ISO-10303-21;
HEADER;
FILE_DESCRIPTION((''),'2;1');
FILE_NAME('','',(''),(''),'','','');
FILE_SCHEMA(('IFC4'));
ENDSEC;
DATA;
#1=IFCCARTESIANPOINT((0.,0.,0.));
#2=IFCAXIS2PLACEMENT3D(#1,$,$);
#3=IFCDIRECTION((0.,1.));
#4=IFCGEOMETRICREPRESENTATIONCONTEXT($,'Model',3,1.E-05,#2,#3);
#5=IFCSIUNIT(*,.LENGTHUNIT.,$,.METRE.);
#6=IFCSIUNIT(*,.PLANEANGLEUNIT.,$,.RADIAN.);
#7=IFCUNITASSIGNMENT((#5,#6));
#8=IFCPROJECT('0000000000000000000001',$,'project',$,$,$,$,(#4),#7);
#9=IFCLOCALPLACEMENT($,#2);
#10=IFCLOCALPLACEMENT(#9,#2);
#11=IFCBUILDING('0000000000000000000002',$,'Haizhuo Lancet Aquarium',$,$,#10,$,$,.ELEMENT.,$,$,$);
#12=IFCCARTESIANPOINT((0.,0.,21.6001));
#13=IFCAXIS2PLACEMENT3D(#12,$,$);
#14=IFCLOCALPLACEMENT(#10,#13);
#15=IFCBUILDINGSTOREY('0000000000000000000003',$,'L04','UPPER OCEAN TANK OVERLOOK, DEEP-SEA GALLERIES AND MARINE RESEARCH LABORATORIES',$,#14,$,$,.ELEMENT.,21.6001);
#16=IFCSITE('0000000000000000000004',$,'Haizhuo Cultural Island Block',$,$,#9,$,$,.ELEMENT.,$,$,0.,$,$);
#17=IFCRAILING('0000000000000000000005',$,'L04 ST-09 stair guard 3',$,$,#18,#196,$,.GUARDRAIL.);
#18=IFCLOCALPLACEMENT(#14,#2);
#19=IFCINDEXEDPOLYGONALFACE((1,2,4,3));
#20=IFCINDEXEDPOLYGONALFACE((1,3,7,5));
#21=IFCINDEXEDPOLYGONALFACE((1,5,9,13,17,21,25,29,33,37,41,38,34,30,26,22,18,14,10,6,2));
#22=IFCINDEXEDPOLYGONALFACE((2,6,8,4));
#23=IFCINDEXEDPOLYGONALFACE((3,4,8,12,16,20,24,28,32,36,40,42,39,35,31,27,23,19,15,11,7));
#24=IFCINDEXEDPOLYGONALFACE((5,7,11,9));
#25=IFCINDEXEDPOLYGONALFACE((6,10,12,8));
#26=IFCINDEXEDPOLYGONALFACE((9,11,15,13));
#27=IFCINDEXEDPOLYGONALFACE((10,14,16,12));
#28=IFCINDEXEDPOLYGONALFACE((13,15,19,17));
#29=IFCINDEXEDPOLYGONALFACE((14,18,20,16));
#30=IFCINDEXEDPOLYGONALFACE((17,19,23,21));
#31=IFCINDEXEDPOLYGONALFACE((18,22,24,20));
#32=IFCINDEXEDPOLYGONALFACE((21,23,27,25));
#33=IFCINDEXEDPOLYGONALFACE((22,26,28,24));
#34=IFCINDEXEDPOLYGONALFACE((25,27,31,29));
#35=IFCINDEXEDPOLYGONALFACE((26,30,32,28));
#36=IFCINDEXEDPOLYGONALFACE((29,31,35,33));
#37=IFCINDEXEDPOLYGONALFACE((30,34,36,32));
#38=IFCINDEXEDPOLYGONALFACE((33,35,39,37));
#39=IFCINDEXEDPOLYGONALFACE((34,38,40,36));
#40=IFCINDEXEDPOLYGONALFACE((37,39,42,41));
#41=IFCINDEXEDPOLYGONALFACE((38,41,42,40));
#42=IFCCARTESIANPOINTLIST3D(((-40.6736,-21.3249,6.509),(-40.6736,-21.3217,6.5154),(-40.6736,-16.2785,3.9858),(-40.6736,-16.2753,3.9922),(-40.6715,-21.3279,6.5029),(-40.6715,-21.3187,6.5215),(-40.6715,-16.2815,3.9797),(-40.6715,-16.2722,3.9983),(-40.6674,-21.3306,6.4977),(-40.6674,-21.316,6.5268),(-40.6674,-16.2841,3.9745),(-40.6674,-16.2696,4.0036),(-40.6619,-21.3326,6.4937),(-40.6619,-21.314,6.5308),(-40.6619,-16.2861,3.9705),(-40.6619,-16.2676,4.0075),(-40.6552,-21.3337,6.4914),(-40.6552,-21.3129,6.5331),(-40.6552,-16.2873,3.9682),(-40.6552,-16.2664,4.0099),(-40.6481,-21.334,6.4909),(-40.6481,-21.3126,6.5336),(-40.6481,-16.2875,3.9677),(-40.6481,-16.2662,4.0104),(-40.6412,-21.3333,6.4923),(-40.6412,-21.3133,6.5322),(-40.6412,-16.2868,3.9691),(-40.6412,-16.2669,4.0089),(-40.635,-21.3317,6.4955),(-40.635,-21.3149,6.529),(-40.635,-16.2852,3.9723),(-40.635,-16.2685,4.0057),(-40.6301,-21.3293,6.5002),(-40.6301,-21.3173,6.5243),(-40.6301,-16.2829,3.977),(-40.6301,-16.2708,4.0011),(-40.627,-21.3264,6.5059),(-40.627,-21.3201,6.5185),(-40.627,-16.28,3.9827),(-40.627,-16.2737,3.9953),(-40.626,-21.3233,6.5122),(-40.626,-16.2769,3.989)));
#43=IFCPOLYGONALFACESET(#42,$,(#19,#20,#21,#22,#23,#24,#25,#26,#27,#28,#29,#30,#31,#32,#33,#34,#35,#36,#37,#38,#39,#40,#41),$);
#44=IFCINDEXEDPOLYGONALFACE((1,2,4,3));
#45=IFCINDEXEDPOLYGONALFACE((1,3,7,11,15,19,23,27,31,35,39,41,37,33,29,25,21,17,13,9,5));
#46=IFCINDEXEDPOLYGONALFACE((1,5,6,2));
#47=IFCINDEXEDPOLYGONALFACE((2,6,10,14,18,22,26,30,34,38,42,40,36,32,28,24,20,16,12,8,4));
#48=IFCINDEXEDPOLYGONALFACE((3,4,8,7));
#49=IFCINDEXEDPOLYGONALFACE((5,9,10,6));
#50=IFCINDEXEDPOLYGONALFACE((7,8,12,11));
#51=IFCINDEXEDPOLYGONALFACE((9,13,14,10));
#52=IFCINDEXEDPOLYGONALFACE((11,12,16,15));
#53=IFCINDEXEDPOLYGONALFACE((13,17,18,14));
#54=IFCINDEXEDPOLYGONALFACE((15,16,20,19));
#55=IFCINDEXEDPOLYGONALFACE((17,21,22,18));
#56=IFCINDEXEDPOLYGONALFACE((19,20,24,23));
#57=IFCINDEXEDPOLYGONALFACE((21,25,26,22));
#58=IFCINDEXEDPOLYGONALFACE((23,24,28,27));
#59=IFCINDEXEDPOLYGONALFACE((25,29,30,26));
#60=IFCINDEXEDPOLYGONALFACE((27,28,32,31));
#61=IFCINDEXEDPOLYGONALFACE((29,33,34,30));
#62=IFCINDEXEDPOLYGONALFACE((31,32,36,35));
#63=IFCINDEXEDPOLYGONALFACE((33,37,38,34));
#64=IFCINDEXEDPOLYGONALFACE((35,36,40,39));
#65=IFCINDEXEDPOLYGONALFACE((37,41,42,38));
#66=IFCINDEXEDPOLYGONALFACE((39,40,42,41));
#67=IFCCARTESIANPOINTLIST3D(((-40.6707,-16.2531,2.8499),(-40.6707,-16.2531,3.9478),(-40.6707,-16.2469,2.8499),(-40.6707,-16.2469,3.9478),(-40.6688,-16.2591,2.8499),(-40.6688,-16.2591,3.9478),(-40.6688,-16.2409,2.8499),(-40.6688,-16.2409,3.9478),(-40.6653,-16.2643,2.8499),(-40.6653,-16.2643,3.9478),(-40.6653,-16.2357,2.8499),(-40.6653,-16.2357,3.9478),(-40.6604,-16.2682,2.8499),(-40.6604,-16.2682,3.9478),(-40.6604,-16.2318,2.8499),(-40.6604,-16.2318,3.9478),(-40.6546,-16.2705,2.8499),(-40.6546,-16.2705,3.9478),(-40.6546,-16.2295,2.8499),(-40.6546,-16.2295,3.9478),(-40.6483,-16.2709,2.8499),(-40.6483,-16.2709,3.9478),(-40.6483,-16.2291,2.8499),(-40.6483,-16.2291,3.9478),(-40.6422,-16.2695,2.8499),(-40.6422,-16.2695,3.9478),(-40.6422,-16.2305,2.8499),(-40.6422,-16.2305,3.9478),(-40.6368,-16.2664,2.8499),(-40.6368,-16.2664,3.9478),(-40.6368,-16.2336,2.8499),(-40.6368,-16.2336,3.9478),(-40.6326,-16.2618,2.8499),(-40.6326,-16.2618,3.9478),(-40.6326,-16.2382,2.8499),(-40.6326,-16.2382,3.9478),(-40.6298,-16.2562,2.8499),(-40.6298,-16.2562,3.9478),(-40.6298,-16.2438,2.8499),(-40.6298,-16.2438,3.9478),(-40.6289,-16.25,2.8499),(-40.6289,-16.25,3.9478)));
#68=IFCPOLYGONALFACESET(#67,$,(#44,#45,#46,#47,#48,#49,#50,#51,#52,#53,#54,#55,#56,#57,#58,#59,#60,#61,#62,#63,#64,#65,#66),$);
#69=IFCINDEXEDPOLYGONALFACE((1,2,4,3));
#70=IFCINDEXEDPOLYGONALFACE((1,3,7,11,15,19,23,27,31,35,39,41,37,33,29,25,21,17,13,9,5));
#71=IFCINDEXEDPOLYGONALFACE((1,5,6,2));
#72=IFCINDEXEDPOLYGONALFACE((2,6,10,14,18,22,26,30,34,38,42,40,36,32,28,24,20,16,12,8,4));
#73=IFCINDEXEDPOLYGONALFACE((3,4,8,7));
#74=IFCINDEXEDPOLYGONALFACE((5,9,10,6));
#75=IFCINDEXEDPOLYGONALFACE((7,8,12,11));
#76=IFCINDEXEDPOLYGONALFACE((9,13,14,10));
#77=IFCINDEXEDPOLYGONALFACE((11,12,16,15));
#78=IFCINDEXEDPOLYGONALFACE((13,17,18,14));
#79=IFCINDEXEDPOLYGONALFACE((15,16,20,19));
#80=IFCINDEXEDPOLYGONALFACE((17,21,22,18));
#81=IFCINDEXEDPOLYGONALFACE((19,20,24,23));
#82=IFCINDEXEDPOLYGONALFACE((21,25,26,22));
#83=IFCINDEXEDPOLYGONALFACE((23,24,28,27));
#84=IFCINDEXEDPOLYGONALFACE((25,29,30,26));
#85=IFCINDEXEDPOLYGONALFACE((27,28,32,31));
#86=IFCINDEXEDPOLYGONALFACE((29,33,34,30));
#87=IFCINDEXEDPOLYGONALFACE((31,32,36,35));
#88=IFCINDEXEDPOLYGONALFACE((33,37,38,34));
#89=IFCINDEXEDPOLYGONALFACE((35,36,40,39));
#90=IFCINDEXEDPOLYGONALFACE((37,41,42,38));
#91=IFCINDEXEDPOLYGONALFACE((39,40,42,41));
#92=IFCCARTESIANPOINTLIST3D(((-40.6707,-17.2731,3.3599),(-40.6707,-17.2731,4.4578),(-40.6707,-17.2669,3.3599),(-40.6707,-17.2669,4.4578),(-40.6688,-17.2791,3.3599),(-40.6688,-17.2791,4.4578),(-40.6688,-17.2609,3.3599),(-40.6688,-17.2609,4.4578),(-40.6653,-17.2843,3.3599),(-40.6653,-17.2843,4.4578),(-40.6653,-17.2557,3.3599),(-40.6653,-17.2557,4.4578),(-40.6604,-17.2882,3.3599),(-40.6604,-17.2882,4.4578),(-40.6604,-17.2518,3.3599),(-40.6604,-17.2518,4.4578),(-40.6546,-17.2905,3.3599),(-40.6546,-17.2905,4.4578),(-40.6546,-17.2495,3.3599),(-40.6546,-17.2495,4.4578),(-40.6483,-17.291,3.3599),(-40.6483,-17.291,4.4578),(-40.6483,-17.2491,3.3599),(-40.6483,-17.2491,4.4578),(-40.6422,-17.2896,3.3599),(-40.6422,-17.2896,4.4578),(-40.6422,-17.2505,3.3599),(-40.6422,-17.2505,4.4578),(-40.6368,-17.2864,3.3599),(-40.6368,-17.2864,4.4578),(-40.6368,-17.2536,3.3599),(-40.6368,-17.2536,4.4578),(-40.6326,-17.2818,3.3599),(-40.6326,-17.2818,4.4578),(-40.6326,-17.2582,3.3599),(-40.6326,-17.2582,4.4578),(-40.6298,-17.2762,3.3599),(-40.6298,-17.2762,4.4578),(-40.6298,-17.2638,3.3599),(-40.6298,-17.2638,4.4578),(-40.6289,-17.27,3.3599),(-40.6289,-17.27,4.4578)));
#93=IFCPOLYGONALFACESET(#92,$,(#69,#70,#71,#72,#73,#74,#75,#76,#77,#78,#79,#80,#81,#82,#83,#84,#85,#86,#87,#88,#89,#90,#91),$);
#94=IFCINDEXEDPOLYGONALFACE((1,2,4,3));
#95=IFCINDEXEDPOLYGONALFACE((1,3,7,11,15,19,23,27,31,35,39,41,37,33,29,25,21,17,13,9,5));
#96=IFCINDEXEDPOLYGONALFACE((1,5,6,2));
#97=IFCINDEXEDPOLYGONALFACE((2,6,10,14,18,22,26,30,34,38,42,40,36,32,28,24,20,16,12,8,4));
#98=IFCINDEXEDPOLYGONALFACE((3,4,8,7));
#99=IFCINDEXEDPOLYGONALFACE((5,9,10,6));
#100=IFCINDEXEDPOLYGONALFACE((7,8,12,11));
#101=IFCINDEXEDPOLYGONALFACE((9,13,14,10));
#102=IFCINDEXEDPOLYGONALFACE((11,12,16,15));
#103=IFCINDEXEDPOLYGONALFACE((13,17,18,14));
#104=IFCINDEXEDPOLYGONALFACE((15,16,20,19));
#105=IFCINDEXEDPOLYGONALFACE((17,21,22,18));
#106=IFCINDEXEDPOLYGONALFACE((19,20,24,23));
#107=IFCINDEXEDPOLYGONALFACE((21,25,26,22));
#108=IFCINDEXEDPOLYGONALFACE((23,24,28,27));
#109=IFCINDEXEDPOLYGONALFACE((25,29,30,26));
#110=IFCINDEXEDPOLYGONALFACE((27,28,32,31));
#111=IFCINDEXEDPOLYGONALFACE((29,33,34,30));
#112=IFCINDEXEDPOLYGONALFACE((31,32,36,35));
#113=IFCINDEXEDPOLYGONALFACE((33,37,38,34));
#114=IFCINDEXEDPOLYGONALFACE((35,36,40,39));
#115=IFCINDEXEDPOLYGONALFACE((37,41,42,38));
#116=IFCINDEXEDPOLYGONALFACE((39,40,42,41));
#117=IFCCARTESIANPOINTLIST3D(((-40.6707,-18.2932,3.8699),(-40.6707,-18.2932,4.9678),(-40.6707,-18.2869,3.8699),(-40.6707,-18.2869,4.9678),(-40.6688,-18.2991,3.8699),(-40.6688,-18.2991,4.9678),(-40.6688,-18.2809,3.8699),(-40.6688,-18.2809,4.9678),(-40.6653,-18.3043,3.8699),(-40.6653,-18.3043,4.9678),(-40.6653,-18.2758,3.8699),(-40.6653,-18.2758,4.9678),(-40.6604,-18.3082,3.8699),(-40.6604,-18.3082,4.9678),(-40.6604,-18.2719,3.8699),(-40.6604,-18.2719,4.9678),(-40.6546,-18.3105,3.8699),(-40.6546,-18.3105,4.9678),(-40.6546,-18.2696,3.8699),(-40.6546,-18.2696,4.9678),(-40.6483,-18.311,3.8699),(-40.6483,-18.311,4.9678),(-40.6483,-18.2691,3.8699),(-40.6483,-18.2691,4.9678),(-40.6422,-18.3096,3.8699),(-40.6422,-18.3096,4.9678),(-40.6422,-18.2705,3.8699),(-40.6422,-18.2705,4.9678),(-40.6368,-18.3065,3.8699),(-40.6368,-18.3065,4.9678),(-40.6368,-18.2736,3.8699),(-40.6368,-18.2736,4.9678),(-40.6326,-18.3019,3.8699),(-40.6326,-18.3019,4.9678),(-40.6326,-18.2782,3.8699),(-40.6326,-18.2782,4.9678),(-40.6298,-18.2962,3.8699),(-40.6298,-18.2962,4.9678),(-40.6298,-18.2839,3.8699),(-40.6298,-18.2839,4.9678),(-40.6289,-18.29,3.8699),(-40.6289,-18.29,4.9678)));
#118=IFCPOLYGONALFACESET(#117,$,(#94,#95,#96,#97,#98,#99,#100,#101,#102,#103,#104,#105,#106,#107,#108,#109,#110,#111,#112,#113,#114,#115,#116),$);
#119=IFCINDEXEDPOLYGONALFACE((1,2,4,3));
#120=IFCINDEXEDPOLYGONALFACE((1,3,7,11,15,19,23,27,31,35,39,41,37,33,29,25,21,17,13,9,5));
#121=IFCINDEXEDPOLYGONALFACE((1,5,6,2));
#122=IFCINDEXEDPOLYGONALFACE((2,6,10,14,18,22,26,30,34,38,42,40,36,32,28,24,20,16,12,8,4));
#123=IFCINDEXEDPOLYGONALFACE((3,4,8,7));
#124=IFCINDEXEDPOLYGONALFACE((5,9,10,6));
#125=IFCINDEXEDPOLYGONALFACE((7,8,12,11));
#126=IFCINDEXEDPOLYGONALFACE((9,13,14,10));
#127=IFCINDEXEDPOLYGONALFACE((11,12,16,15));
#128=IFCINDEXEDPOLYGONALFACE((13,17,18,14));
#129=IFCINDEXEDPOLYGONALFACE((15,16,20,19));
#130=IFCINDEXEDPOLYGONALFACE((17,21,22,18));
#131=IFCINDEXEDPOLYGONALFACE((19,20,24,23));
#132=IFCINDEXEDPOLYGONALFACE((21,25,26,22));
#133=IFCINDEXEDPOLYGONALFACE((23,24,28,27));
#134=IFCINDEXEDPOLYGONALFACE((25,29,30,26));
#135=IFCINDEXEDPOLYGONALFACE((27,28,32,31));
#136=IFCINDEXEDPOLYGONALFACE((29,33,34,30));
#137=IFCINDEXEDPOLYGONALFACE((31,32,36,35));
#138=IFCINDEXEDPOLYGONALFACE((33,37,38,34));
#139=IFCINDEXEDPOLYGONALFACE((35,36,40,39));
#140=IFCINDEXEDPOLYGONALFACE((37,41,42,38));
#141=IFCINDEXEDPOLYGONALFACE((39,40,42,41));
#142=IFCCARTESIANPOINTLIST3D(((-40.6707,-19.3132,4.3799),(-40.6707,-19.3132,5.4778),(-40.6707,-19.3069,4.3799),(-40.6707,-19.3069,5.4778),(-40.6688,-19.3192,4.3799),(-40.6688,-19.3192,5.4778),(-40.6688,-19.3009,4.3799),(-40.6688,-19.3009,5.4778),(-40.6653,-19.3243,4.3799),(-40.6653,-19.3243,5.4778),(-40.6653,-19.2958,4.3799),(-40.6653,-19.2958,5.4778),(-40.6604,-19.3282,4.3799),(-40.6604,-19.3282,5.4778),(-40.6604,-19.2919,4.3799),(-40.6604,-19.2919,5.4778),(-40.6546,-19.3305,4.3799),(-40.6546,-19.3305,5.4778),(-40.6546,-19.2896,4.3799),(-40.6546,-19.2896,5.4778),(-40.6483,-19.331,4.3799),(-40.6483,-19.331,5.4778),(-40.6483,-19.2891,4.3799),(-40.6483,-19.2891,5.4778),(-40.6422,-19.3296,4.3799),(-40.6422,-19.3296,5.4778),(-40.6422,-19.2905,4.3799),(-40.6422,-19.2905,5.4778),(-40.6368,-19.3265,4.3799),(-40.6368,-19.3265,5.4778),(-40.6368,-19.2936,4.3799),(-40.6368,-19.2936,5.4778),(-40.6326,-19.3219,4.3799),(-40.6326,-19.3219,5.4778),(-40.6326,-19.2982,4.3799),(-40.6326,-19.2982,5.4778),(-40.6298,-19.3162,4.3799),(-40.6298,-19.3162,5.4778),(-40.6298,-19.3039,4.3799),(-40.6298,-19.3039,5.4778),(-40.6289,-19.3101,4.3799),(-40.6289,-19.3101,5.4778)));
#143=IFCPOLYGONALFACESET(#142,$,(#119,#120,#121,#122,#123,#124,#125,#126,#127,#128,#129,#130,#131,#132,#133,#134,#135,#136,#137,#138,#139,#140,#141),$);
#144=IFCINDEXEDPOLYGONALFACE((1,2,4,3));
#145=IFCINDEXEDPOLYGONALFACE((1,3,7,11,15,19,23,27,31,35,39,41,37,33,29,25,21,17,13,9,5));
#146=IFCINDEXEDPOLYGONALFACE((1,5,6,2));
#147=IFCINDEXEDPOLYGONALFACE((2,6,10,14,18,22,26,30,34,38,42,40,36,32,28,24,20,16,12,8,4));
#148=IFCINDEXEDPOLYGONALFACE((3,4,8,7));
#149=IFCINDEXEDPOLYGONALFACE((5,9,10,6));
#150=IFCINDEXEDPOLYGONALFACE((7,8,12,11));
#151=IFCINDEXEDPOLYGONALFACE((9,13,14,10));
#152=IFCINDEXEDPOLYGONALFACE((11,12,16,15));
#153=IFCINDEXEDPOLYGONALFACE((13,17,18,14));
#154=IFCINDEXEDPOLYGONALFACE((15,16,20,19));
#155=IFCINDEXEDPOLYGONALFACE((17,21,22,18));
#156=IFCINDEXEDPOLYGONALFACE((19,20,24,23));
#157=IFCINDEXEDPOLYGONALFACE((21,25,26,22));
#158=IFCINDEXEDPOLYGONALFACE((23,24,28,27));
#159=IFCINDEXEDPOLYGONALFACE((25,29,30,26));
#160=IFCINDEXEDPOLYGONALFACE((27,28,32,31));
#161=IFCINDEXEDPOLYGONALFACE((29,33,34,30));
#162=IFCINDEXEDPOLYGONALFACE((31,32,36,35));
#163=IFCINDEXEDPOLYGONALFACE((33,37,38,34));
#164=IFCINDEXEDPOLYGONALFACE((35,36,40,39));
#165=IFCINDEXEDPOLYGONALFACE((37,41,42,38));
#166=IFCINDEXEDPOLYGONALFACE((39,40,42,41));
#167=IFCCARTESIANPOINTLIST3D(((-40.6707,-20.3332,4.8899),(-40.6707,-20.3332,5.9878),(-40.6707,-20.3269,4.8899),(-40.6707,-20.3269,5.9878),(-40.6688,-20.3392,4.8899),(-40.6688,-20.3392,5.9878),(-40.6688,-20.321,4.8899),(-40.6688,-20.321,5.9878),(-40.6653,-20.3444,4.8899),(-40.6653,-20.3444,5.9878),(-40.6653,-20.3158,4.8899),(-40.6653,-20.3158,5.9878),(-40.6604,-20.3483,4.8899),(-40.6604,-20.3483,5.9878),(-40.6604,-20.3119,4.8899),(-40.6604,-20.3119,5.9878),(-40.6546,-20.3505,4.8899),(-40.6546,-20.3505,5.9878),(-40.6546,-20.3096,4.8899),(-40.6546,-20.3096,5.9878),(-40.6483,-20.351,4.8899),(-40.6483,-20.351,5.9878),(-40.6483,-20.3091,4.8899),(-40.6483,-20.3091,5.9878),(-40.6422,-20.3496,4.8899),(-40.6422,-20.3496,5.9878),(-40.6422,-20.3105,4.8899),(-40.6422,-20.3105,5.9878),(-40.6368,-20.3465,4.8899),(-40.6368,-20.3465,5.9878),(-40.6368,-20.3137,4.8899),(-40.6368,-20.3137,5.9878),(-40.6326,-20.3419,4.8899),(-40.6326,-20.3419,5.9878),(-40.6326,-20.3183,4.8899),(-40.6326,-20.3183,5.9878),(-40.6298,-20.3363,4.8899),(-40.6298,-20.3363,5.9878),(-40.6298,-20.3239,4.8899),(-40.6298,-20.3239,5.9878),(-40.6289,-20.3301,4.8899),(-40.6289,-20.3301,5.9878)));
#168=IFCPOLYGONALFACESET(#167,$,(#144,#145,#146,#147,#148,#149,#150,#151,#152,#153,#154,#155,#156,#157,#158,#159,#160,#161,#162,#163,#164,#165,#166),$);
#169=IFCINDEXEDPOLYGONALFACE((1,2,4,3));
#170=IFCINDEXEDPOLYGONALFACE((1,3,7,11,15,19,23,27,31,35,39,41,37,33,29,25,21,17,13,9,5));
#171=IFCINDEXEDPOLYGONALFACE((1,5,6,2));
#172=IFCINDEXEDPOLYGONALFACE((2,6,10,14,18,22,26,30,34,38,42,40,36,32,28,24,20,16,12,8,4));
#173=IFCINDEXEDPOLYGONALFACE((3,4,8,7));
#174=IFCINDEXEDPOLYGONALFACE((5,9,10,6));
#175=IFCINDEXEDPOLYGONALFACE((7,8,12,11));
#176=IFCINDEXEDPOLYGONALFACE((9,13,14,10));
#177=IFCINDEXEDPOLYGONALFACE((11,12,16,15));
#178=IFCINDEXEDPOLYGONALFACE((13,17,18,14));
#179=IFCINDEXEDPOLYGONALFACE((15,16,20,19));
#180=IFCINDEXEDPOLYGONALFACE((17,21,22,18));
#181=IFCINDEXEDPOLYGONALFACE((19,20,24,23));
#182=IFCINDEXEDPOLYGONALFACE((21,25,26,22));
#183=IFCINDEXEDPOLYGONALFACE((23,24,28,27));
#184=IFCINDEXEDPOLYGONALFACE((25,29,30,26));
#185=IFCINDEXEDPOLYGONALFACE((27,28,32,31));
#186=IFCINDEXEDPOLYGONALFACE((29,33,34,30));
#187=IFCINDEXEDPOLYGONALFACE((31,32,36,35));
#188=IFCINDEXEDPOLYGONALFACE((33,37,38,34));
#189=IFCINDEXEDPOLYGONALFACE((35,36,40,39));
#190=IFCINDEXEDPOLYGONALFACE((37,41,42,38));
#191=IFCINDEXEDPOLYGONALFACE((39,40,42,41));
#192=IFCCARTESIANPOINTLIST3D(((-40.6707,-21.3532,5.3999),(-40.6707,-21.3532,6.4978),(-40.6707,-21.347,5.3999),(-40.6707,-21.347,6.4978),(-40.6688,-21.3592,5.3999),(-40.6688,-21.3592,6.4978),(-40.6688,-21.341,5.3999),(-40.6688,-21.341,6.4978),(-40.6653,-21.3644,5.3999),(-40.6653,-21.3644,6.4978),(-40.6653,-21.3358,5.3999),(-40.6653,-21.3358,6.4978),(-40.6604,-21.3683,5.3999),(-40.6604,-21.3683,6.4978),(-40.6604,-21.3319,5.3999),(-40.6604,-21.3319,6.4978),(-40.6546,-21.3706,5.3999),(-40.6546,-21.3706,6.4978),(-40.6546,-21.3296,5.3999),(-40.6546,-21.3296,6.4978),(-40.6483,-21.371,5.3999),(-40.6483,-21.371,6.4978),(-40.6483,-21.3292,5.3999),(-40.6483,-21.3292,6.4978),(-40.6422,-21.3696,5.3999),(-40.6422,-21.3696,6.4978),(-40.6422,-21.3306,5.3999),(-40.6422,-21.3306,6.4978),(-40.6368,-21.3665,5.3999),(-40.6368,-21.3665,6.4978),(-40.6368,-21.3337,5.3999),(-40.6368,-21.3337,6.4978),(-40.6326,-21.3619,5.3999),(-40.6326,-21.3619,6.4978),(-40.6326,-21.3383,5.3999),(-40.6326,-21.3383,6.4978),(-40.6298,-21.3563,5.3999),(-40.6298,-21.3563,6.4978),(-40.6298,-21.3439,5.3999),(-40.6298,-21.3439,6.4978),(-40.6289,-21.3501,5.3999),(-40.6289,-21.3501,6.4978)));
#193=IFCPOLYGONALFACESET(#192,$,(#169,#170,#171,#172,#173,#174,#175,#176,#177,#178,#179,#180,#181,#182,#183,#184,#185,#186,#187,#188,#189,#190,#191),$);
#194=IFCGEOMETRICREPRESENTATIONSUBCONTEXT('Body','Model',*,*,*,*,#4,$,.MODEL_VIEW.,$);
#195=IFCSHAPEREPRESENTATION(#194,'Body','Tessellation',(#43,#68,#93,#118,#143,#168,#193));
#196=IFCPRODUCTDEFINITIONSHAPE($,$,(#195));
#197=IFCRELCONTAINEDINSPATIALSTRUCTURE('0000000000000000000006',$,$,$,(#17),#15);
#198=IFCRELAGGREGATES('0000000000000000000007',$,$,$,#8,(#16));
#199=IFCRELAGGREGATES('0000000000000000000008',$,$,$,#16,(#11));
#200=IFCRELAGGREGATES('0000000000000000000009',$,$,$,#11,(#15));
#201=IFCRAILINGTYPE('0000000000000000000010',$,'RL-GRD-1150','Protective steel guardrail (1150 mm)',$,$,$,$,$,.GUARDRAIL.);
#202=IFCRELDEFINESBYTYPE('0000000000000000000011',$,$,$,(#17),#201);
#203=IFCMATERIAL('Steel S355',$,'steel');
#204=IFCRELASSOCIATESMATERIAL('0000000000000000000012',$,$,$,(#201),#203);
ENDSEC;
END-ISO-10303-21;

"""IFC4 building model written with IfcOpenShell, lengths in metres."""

from ifc_helpers import new_model, si_unit, direction, frame, origin, origin_2d, place, context, subcontext, project, spatial, circle, extrude, material, type_object, element, save


model = new_model("IFC4")

# Units and contexts
model_context = context("Model", 3, precision=1e-05, world=origin(), true_north=direction((0.0, 1.0)))
body_context = subcontext(model_context, "Body", "Model", "MODEL_VIEW")
ifc_project = project(units=[si_unit("LENGTHUNIT", "METRE"), si_unit("PLANEANGLEUNIT", "RADIAN")], contexts=[model_context])

# Site, building, storey
site_placement = place(None, origin())
site = spatial("IfcSite", under=ifc_project, at=site_placement, Name="Haizhuo Cultural Island Block", CompositionType="ELEMENT", RefElevation=0.0)
building_placement = place(site_placement, origin())
building = spatial("IfcBuilding", under=site, at=building_placement, Name="Haizhuo Lancet Aquarium", CompositionType="ELEMENT")
storey_placement = place(building_placement, frame((0.0, 0.0, 21.6001)))
storey = spatial("IfcBuildingStorey", under=building, at=storey_placement, Name="L04", Description="UPPER OCEAN TANK OVERLOOK, DEEP-SEA GALLERIES AND MARINE RESEARCH LABORATORIES", CompositionType="ELEMENT", Elevation=21.6001)

# Shared definitions
ifc_material_1 = material(Name="Steel S355", Category="steel")

# Railing
railing_type_1 = type_object("IfcRailingType", Name="RL-GRD-1150", Description="Protective steel guardrail (1150 mm)", PredefinedType="GUARDRAIL", material=ifc_material_1)
railing_1_placement = place(storey_placement, frame((-40.6499, -16.25, 2.8499)))
element("IfcRailing", 1, at=railing_1_placement, inside=storey, type_object=railing_type_1, Name="L04 ST-09 stair guard 3", PredefinedType="GUARDRAIL", context=body_context, shape_type="SweptSolid", body=[
    extrude(circle(Radius=0.0239, at=origin_2d()), frame((0.0, -0.0269, 1.1392), z_axis=(0.0, -0.894427, 0.447214), x_axis=(1.0, 0.0, 0.0)), (0.0, 0.0, 1.0), 5.6421),
    extrude(circle(Radius=0.021, at=origin_2d()), origin(), (0.0, 0.0, 1.0), 1.0979),
    extrude(circle(Radius=0.021, at=origin_2d()), frame((0.0, -1.02, 0.51)), (0.0, 0.0, 1.0), 1.0979),
    extrude(circle(Radius=0.021, at=origin_2d()), frame((0.0, -2.04, 1.02)), (0.0, 0.0, 1.0), 1.0979),
    extrude(circle(Radius=0.021, at=origin_2d()), frame((0.0, -3.0601, 1.53)), (0.0, 0.0, 1.0), 1.0979),
    extrude(circle(Radius=0.021, at=origin_2d()), frame((0.0, -4.0801, 2.04)), (0.0, 0.0, 1.0), 1.0979),
    extrude(circle(Radius=0.021, at=origin_2d()), frame((0.0, -5.1001, 2.55)), (0.0, 0.0, 1.0), 1.0979),
])

save(model, "model.ifc")
